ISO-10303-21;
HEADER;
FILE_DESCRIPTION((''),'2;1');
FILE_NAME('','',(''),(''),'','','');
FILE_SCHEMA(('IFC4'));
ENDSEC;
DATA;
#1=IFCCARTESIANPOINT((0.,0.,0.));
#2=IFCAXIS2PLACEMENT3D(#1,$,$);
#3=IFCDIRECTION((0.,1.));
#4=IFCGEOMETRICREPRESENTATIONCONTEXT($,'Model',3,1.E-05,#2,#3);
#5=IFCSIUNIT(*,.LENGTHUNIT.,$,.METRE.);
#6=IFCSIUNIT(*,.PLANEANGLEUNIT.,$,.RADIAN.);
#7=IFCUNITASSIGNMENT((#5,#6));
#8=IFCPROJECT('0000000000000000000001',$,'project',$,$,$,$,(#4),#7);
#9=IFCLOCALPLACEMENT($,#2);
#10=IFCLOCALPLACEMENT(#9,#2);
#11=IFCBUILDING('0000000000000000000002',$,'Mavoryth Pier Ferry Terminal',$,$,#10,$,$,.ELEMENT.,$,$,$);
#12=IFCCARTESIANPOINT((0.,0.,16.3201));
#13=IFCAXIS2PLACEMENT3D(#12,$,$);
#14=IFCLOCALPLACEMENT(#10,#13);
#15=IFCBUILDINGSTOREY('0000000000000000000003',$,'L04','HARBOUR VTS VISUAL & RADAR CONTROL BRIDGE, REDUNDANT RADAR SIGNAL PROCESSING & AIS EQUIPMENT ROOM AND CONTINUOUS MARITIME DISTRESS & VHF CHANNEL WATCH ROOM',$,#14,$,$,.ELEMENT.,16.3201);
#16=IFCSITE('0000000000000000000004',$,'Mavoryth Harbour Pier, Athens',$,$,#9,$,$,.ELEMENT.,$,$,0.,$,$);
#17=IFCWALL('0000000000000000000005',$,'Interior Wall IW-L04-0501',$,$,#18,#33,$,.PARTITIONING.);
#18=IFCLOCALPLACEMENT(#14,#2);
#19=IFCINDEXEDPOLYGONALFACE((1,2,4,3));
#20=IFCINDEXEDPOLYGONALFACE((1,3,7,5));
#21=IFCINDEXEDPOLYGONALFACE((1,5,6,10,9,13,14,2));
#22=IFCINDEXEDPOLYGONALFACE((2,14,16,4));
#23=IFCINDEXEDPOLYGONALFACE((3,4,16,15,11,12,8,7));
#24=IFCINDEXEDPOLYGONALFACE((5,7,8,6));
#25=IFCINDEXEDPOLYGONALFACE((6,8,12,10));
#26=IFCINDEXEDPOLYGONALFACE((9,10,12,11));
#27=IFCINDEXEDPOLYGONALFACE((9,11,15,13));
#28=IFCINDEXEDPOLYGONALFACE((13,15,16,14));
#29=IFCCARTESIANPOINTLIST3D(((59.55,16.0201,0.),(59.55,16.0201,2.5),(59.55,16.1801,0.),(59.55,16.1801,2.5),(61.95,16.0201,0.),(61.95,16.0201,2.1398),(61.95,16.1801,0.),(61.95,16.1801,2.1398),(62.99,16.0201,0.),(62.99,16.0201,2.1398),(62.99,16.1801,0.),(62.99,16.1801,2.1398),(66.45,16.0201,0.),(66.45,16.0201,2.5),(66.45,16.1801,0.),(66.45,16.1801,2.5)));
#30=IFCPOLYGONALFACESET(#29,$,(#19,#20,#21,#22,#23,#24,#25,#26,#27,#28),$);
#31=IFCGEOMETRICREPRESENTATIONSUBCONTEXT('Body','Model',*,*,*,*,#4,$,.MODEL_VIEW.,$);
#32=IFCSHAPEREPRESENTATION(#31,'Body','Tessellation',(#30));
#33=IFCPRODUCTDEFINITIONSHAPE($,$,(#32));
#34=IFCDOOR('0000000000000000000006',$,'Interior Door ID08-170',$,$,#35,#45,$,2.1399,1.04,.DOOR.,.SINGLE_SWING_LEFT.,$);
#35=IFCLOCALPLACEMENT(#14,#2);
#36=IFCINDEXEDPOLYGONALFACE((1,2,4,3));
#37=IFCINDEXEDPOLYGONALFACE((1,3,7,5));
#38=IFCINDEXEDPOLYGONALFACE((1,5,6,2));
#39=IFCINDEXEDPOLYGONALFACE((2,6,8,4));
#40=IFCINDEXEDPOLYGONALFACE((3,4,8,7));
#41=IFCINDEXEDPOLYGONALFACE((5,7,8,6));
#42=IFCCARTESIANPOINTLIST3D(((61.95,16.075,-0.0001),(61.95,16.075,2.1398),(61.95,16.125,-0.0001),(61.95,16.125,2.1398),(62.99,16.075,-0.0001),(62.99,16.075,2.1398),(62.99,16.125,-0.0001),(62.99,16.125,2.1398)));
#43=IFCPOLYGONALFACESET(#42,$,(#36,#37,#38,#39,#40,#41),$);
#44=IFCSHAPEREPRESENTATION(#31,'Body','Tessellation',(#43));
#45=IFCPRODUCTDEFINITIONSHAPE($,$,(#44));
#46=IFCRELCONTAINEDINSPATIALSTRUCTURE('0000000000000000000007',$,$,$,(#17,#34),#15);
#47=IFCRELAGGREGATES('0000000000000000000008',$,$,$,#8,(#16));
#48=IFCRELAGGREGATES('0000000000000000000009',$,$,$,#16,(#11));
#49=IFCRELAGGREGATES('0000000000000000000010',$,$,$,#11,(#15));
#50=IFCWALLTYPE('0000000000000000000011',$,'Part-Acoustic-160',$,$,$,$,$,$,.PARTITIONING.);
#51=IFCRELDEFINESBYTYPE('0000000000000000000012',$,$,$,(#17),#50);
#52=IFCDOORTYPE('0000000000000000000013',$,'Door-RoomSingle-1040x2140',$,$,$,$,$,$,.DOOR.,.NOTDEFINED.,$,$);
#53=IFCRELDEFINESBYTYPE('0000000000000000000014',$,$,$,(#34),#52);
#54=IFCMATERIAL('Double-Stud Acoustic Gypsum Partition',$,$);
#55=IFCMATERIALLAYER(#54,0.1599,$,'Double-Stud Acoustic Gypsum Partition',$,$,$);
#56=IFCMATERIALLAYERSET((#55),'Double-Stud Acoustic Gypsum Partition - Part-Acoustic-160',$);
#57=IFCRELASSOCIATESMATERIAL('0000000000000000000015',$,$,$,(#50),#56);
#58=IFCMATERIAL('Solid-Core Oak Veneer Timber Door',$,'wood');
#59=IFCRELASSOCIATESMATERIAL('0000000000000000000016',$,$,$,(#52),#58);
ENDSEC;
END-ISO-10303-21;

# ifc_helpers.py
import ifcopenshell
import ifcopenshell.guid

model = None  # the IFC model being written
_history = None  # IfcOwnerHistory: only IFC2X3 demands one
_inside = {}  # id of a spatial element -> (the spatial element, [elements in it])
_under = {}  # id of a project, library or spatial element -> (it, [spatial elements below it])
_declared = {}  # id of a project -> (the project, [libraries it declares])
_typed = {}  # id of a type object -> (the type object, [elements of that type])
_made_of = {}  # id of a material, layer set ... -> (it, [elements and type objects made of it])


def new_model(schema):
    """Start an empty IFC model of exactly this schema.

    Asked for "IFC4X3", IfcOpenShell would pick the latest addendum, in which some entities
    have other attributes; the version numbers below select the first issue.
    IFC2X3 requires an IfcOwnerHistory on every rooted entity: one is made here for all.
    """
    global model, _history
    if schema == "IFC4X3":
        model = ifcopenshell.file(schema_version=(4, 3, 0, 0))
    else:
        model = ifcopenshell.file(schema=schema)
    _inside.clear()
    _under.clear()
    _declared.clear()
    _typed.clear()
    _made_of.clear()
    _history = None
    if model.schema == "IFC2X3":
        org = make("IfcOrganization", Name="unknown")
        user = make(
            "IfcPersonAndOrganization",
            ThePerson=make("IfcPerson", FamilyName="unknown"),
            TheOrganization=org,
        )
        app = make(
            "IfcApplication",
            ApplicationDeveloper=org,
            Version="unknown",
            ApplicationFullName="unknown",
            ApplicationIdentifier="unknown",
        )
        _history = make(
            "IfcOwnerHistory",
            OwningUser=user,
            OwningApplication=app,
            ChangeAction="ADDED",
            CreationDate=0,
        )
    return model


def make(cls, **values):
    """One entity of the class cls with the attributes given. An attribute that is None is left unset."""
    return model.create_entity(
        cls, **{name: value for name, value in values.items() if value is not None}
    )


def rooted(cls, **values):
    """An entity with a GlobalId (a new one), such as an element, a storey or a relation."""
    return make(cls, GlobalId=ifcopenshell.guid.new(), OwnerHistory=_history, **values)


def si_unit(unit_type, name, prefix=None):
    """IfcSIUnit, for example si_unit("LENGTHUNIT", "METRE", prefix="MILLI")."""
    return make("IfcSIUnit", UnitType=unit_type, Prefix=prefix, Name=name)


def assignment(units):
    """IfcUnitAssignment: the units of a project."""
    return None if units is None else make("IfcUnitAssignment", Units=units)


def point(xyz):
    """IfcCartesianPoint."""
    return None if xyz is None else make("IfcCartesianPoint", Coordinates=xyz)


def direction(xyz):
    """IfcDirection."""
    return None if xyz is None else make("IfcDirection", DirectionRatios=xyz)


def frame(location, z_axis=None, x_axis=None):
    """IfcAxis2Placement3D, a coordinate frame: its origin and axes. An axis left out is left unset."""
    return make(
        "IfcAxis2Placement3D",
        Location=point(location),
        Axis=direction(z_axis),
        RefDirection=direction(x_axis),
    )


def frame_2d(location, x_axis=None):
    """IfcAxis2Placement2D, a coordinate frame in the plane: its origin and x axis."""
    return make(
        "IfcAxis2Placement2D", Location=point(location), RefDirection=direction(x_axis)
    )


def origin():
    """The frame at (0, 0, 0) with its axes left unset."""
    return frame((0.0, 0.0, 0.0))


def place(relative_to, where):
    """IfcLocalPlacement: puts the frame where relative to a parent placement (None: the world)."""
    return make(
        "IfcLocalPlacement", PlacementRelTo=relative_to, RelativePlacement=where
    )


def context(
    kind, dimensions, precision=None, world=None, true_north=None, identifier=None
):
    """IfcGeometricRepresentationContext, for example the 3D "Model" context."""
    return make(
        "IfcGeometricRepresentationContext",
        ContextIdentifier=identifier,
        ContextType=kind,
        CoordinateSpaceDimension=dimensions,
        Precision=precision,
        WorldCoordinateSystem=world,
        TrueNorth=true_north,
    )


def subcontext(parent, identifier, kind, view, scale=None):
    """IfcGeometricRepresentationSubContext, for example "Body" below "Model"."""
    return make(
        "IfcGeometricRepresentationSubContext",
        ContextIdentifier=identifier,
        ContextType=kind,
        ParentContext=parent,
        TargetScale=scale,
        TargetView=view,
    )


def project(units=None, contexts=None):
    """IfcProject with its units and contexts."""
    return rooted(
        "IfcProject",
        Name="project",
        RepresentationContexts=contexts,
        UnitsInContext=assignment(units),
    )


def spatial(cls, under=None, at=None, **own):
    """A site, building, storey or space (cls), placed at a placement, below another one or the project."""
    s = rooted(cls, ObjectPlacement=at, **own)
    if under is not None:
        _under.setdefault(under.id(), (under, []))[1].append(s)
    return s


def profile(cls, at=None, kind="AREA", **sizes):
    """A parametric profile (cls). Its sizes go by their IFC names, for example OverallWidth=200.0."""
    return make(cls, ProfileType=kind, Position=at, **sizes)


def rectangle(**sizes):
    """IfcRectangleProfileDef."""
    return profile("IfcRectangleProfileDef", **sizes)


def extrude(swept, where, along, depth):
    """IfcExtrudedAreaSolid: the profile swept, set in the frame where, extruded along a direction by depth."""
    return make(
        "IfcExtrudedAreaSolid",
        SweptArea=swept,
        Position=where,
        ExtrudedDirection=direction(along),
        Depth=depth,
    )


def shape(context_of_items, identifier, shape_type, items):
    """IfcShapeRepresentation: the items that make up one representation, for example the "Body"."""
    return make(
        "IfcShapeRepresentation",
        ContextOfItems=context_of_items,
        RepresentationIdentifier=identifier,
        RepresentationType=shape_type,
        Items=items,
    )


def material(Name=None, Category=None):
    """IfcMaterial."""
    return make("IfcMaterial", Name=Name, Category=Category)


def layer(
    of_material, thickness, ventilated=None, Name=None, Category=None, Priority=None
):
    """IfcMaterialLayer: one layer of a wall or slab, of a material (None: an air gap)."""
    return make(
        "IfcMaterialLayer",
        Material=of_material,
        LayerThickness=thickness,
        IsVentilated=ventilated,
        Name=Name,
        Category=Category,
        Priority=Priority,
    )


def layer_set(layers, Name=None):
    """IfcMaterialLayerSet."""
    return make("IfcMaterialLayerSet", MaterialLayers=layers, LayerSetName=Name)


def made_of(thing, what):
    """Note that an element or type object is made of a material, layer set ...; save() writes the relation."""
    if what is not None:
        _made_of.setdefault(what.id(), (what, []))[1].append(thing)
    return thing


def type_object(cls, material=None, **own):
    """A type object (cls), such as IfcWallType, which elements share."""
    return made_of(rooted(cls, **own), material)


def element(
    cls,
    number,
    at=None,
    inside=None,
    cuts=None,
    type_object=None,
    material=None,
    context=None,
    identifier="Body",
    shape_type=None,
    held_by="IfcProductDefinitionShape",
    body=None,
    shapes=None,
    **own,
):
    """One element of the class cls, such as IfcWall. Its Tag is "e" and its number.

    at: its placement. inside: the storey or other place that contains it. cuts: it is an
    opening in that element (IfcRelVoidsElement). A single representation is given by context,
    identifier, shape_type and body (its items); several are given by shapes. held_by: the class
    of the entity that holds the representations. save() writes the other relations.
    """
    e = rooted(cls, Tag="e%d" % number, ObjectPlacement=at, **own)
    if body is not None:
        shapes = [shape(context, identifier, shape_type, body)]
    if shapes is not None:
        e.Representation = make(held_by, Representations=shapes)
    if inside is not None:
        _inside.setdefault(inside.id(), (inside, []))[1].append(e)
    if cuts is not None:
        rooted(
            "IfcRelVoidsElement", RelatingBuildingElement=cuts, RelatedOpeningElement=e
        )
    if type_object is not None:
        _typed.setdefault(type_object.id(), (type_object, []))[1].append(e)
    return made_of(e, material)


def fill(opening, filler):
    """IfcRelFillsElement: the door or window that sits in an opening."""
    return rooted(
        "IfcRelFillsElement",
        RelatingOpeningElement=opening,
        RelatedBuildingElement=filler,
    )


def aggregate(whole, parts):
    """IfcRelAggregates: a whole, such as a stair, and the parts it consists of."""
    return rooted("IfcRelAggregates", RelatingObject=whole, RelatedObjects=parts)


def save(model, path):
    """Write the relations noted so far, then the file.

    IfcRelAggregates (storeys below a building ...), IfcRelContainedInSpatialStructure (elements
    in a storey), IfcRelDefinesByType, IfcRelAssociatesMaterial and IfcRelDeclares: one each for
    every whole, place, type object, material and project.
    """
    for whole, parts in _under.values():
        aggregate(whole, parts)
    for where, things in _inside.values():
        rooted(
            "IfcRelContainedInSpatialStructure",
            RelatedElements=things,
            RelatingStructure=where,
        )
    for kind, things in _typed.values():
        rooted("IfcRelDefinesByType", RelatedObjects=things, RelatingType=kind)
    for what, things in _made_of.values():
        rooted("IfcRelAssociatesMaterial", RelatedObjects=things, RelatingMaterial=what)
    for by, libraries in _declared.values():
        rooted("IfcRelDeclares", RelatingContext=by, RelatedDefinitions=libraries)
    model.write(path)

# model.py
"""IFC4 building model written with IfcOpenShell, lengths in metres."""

from ifc_helpers import new_model, si_unit, direction, frame, frame_2d, origin, place, context, subcontext, project, spatial, rectangle, extrude, material, layer, layer_set, type_object, element, fill, save


model = new_model("IFC4")

# Units and contexts
model_context = context("Model", 3, precision=1e-05, world=origin(), true_north=direction((0.0, 1.0)))
body_context = subcontext(model_context, "Body", "Model", "MODEL_VIEW")
ifc_project = project(units=[si_unit("LENGTHUNIT", "METRE"), si_unit("PLANEANGLEUNIT", "RADIAN")], contexts=[model_context])

# Site, building, storey
site_placement = place(None, origin())
site = spatial("IfcSite", under=ifc_project, at=site_placement, Name="Mavoryth Harbour Pier, Athens", CompositionType="ELEMENT", RefElevation=0.0)
building_placement = place(site_placement, origin())
building = spatial("IfcBuilding", under=site, at=building_placement, Name="Mavoryth Pier Ferry Terminal", CompositionType="ELEMENT")
storey_placement = place(building_placement, frame((0.0, 0.0, 16.3201)))
storey = spatial("IfcBuildingStorey", under=building, at=storey_placement, Name="L04", Description="HARBOUR VTS VISUAL & RADAR CONTROL BRIDGE, REDUNDANT RADAR SIGNAL PROCESSING & AIS EQUIPMENT ROOM AND CONTINUOUS MARITIME DISTRESS & VHF CHANNEL WATCH ROOM", CompositionType="ELEMENT", Elevation=16.3201)

# Wall, opening, door
ifc_material_1 = material(Name="Double-Stud Acoustic Gypsum Partition")
ifc_layer_1 = layer(ifc_material_1, 0.1599, Name="Double-Stud Acoustic Gypsum Partition")
ifc_layer_set_1 = layer_set([ifc_layer_1], Name="Double-Stud Acoustic Gypsum Partition - Part-Acoustic-160")
wall_type = type_object("IfcWallType", Name="Part-Acoustic-160", PredefinedType="PARTITIONING", material=ifc_layer_set_1)
wall_placement = place(storey_placement, frame((59.55, 16.1001, 0.0), z_axis=(0.0, 0.0, 1.0), x_axis=(1.0, 0.0, 0.0)))
wall = element("IfcWall", 1, at=wall_placement, inside=storey, type_object=wall_type, Name="Interior Wall IW-L04-0501", PredefinedType="PARTITIONING", context=body_context, shape_type="SweptSolid", body=[
    extrude(rectangle(XDim=6.8999, YDim=0.1599, at=frame_2d((3.45, 0.0))), origin(), (0.0, 0.0, 1.0), 2.5),
])
opening_placement = place(wall_placement, frame((2.3999, 0.0, 0.0)))
opening = element("IfcOpeningElement", 2, at=opening_placement, cuts=wall, PredefinedType="OPENING", context=body_context, shape_type="SweptSolid", body=[
    extrude(rectangle(XDim=1.04, YDim=2.1399, at=frame_2d((0.52, 1.0698))), frame((0.0, 0.0898, 0.0), z_axis=(0.0, -1.0, 0.0), x_axis=(1.0, 0.0, 0.0)), (0.0, 0.0, 1.0), 0.1799),
])
ifc_material_2 = material(Name="Solid-Core Oak Veneer Timber Door", Category="wood")
door_type = type_object("IfcDoorType", Name="Door-RoomSingle-1040x2140", OperationType="NOTDEFINED", PredefinedType="DOOR", material=ifc_material_2)
door_placement = place(opening_placement, origin())
door = element("IfcDoor", 3, at=door_placement, inside=storey, type_object=door_type, Name="Interior Door ID08-170", OperationType="SINGLE_SWING_LEFT", OverallHeight=2.1399, OverallWidth=1.04, PredefinedType="DOOR", context=body_context, shape_type="SweptSolid", body=[
    extrude(rectangle(XDim=1.04, YDim=2.1399, at=frame_2d((0.52, 1.0698))), frame((0.0, 0.0249, 0.0), z_axis=(0.0, -1.0, 0.0), x_axis=(1.0, 0.0, 0.0)), (0.0, 0.0, 1.0), 0.05),
])
fill(opening, door)

save(model, "model.ifc")
